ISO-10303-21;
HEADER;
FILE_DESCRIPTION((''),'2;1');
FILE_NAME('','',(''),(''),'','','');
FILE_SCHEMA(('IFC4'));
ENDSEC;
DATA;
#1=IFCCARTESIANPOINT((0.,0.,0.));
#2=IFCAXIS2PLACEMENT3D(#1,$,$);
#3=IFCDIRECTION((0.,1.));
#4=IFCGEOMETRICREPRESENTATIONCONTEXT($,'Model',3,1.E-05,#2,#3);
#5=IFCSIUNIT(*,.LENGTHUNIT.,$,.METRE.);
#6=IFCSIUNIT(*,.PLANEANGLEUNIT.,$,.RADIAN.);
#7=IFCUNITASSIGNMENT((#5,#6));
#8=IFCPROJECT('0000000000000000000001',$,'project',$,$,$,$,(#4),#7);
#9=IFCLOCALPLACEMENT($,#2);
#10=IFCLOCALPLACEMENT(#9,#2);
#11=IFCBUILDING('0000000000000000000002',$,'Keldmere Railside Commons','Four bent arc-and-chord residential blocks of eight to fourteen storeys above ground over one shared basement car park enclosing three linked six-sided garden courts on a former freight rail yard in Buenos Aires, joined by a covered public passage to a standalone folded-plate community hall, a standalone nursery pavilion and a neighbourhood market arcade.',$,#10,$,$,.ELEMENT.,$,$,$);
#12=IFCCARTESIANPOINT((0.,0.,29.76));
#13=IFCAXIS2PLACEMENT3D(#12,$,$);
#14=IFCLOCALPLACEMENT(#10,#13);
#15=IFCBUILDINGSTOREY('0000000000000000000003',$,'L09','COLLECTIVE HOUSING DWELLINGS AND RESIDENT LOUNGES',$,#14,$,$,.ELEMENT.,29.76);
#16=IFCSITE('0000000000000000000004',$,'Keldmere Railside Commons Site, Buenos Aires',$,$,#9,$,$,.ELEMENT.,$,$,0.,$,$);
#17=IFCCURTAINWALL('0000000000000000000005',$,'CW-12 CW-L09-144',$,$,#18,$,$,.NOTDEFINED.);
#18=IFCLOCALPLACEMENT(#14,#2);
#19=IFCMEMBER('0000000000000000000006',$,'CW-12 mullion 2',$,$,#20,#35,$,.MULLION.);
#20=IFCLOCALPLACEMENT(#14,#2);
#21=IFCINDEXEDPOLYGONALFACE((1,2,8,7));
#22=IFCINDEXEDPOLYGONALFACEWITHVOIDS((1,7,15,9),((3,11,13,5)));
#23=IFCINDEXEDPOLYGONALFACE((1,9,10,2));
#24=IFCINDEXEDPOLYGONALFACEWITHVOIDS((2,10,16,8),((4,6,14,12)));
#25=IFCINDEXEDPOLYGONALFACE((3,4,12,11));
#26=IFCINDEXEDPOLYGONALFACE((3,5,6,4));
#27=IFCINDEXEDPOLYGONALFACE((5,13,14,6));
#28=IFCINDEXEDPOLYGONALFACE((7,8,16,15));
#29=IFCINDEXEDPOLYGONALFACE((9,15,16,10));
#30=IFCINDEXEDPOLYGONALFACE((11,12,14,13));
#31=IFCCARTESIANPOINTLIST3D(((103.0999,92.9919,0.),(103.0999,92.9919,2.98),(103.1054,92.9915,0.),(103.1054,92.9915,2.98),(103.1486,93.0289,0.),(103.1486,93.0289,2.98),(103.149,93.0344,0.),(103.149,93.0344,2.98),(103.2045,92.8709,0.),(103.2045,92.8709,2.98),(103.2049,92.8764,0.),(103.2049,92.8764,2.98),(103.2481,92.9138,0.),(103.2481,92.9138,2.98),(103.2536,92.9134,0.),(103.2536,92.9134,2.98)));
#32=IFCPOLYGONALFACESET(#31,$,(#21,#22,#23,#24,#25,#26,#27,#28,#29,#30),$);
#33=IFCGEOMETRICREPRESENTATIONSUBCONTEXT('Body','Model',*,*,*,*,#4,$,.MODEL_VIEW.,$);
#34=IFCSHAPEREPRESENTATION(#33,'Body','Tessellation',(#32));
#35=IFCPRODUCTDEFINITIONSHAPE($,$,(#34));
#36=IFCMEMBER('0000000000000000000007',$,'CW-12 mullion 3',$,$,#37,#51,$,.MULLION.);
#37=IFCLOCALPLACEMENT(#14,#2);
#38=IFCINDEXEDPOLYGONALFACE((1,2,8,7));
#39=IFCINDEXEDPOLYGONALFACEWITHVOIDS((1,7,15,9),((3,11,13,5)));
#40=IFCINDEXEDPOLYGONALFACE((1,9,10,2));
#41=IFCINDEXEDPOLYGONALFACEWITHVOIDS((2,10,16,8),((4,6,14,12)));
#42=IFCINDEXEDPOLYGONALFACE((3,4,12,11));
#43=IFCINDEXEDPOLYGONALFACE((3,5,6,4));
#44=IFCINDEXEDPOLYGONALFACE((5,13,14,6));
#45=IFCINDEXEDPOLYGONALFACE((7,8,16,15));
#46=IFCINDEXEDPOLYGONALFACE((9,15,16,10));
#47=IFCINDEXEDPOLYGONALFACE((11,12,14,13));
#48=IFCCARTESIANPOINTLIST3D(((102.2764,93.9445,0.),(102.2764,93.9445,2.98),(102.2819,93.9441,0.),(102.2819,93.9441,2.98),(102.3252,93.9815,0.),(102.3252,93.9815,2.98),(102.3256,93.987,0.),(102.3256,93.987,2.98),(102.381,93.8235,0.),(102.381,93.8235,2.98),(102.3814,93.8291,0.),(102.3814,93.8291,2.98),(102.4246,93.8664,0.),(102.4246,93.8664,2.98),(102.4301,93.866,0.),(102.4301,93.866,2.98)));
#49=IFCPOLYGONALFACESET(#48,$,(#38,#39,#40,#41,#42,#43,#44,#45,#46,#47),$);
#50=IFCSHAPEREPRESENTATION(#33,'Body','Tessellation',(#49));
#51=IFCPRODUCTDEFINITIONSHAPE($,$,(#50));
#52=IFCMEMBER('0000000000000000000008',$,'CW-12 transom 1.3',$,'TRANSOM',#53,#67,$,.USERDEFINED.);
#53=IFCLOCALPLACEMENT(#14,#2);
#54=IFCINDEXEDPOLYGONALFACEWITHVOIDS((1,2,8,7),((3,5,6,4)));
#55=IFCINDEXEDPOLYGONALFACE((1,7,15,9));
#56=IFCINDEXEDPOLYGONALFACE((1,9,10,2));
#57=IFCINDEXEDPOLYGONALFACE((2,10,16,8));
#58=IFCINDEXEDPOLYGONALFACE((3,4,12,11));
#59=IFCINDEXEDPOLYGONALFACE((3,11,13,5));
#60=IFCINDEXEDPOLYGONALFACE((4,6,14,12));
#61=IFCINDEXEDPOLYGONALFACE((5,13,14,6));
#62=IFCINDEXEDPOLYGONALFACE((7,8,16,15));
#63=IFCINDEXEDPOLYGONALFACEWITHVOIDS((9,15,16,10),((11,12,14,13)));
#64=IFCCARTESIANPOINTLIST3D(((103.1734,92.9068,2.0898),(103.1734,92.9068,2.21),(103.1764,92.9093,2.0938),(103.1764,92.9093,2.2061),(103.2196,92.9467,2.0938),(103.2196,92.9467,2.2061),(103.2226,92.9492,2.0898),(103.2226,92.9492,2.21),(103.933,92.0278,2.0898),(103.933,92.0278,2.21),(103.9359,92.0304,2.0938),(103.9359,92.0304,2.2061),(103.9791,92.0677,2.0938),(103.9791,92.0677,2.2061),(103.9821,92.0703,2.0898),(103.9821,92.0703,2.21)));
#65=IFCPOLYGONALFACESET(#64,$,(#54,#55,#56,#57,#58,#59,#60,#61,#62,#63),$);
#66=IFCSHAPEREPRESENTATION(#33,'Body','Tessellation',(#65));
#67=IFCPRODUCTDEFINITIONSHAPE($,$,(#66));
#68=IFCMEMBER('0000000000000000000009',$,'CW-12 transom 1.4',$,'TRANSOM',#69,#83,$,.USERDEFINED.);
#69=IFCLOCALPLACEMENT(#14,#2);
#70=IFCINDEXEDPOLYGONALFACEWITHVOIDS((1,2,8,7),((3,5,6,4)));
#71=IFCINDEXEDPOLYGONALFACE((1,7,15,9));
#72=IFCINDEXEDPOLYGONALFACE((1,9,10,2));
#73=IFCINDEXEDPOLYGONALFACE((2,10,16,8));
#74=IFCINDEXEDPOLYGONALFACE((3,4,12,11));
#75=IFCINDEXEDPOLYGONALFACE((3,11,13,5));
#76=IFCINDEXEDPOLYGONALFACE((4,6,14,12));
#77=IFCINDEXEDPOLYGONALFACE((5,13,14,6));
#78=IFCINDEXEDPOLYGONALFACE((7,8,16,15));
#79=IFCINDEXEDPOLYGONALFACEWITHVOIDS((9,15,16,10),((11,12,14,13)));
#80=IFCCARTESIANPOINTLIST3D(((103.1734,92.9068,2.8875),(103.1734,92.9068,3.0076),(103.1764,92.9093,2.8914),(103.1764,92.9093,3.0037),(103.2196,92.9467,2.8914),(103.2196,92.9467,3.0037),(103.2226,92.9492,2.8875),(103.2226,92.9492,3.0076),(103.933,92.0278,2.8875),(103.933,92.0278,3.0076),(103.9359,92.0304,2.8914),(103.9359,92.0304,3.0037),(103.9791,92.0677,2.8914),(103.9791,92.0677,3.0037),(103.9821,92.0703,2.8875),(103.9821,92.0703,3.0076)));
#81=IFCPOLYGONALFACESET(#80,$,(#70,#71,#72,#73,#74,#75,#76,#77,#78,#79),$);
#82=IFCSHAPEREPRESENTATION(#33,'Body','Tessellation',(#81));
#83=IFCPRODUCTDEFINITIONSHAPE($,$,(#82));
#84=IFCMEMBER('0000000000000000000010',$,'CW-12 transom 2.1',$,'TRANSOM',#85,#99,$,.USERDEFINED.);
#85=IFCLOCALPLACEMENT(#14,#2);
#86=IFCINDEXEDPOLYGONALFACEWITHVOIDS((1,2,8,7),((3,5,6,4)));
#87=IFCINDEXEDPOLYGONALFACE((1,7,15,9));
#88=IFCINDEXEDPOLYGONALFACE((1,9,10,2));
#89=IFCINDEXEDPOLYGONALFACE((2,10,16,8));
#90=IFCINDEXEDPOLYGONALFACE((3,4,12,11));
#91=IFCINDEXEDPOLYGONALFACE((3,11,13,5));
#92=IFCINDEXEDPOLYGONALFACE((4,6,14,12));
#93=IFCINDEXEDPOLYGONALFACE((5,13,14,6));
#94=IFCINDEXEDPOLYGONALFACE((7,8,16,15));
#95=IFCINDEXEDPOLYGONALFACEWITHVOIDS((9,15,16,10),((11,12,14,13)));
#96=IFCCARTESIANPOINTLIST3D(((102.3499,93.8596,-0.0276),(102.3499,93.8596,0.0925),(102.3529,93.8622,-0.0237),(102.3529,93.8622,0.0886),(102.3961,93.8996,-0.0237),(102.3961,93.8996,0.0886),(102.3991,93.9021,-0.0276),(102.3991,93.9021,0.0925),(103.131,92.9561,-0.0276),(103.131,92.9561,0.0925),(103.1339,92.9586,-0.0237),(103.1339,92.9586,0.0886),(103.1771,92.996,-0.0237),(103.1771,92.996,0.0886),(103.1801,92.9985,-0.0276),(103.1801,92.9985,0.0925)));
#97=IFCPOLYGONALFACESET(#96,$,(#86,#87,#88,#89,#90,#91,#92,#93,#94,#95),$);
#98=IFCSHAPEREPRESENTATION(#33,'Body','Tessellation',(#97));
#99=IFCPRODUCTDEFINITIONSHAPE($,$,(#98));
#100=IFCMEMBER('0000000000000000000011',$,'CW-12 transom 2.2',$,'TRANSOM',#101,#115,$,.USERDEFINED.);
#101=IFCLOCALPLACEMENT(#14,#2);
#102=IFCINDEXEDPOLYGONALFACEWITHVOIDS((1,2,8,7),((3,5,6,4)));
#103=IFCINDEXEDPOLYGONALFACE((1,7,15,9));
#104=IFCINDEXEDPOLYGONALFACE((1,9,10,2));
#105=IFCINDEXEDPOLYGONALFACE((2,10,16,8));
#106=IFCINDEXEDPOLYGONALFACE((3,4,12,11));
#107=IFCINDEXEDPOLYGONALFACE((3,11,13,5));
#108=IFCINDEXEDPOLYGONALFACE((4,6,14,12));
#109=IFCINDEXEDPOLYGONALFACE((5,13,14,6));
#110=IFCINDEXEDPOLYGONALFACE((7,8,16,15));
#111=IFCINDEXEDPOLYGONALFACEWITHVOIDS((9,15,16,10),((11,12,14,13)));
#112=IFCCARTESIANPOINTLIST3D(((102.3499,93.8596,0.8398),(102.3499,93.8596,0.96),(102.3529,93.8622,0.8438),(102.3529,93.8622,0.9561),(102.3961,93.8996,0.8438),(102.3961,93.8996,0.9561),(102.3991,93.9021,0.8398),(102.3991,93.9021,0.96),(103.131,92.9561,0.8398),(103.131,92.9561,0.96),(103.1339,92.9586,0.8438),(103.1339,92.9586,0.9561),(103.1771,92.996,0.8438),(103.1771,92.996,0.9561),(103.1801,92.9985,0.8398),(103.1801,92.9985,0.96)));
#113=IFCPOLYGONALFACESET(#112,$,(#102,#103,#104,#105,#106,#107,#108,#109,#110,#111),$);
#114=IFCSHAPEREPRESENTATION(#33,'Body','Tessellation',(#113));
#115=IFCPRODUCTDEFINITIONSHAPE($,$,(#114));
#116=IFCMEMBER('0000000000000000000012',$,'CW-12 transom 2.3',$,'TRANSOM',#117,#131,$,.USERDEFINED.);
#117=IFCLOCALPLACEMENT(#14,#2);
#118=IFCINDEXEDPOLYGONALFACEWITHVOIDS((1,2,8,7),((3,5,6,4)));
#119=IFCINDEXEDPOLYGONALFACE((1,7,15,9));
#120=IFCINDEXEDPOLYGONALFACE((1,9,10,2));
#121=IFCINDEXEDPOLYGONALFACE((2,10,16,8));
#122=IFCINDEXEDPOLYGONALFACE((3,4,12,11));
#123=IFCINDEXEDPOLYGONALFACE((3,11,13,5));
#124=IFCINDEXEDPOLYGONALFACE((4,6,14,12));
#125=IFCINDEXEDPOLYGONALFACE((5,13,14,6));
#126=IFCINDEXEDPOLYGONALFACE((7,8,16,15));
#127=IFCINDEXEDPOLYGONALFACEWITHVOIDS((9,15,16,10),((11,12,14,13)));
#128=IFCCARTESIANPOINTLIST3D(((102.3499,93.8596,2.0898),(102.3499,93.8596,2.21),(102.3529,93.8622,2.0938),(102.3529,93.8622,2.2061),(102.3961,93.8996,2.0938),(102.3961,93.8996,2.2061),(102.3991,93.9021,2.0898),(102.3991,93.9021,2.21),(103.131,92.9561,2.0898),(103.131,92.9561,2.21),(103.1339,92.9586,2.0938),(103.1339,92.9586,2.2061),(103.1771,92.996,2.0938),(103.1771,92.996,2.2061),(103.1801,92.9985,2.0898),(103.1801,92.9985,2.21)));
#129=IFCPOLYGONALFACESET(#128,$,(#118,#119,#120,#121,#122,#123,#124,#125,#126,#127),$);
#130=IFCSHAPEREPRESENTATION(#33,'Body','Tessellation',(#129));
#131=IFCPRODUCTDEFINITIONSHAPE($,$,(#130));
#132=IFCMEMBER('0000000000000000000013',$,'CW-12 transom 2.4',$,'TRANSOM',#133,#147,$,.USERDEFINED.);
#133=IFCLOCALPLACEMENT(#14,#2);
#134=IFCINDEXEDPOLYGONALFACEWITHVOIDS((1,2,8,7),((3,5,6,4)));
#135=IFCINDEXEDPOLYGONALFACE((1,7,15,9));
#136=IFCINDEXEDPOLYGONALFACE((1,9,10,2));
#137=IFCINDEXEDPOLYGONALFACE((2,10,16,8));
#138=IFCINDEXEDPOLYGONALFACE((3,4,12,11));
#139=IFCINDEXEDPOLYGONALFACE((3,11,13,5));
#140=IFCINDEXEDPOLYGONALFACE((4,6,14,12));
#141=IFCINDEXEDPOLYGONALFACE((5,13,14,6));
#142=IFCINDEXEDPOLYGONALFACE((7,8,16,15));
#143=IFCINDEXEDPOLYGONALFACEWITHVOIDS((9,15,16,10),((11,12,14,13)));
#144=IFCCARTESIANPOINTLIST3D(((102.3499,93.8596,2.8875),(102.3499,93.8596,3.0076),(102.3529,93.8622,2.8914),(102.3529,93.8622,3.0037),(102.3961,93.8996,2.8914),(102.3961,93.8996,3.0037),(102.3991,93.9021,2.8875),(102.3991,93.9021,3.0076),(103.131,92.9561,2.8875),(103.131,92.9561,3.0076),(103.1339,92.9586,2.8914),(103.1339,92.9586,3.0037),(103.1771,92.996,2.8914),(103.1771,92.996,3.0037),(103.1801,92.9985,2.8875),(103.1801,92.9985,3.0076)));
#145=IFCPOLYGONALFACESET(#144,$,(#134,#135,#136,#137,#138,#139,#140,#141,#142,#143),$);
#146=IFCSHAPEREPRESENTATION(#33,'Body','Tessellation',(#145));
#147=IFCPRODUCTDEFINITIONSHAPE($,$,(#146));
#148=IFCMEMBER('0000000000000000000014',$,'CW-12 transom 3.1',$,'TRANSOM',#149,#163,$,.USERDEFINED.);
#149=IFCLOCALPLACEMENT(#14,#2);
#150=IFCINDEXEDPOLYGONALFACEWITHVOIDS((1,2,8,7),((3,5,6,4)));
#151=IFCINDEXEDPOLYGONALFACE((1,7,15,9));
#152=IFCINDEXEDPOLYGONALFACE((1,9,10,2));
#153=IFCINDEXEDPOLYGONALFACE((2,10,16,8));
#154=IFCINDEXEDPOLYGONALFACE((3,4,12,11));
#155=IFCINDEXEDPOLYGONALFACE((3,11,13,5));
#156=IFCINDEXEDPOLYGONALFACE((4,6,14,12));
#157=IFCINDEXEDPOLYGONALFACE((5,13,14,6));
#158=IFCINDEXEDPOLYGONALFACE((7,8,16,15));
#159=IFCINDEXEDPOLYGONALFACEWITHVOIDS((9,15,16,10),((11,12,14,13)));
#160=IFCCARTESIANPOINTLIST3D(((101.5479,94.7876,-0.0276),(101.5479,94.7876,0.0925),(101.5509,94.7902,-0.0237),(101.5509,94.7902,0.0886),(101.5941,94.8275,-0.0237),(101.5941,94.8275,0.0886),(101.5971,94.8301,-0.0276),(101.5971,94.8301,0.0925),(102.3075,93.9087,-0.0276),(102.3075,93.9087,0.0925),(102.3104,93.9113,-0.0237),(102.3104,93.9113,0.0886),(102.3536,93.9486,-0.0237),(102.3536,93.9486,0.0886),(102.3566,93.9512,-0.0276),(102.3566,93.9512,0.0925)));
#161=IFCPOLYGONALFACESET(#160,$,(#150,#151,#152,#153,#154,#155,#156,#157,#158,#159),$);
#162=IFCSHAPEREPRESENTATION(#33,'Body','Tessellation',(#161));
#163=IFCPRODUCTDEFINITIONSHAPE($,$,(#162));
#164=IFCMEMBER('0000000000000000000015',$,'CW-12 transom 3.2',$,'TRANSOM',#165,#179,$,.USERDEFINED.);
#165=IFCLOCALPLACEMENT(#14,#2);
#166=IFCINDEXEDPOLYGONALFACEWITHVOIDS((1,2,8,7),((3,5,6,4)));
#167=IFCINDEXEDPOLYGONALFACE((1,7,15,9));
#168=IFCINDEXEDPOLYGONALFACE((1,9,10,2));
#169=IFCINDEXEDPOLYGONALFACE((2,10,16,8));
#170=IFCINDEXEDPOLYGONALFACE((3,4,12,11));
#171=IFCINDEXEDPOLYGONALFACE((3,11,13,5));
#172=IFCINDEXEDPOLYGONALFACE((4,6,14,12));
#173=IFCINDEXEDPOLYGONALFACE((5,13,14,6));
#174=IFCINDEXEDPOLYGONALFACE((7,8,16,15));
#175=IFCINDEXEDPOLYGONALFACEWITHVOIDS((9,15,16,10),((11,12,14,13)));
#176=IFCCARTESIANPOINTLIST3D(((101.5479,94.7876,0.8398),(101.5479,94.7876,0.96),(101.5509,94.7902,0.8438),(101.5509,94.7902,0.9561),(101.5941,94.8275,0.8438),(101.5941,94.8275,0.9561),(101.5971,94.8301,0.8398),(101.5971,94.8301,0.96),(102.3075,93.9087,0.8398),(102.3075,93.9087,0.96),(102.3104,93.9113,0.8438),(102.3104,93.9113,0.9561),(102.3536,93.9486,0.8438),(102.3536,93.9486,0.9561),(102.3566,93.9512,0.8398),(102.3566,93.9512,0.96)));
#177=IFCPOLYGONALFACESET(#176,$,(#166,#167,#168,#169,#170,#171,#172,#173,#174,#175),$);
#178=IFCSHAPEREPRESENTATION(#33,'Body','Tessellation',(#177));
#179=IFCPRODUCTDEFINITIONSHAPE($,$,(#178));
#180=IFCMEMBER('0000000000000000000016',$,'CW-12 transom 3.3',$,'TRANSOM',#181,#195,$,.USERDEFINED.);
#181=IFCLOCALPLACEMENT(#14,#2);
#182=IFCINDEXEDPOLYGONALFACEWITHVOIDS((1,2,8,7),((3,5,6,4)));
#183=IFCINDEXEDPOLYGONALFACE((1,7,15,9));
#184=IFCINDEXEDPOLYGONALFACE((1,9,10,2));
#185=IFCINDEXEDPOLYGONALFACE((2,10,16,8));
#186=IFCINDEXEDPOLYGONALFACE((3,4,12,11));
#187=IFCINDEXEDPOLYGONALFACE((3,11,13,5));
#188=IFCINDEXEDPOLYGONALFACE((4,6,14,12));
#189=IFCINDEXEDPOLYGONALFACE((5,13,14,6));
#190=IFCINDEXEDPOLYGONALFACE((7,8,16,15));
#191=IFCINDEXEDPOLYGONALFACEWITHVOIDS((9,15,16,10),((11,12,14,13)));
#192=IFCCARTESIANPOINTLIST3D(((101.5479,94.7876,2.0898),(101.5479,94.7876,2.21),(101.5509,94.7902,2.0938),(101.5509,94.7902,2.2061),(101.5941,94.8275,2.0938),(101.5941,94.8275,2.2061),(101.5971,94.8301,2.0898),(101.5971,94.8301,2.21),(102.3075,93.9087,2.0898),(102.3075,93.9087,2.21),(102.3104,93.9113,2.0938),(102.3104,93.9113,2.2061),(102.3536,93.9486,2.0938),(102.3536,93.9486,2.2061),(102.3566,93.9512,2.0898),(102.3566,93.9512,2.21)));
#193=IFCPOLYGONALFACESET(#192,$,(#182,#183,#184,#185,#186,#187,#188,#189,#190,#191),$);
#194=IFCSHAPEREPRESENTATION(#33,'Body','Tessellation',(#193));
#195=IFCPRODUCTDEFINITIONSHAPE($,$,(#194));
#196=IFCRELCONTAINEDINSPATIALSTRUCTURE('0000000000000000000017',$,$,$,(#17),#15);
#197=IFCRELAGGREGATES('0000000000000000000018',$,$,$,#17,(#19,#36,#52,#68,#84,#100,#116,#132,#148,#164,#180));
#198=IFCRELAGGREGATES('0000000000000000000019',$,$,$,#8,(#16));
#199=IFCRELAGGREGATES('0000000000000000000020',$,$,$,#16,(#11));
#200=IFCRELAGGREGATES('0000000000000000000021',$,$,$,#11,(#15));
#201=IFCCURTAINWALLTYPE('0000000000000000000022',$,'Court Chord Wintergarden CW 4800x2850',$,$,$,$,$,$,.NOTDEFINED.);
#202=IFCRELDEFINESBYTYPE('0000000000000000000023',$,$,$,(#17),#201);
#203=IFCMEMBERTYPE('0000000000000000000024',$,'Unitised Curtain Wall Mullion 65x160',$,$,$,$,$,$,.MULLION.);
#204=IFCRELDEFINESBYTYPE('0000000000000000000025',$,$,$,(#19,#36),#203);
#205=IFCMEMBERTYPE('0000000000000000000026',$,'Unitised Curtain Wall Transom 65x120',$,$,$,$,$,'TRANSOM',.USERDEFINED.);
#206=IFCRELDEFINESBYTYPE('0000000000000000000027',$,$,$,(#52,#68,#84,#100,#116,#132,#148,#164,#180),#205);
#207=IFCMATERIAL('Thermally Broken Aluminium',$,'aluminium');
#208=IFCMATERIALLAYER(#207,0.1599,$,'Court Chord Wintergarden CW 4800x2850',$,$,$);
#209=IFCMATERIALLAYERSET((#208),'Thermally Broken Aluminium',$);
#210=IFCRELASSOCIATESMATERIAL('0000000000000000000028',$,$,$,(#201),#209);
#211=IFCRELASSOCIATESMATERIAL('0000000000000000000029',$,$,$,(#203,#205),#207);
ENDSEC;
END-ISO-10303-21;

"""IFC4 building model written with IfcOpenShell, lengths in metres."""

from ifc_helpers import new_model, si_unit, direction, frame, origin, origin_2d, place, context, subcontext, project, spatial, hollow_rectangle, extrude, material, layer, layer_set, material_profile, profile_set, type_object, element, aggregate, save


model = new_model("IFC4")

# Units and contexts
model_context = context("Model", 3, precision=1e-05, world=origin(), true_north=direction((0.0, 1.0)))
body_context = subcontext(model_context, "Body", "Model", "MODEL_VIEW")
ifc_project = project(units=[si_unit("LENGTHUNIT", "METRE"), si_unit("PLANEANGLEUNIT", "RADIAN")], contexts=[model_context])

# Site, building, storey
site_placement = place(None, origin())
site = spatial("IfcSite", under=ifc_project, at=site_placement, Name="Keldmere Railside Commons Site, Buenos Aires", CompositionType="ELEMENT", RefElevation=0.0)
building_placement = place(site_placement, origin())
building = spatial("IfcBuilding", under=site, at=building_placement, Name="Keldmere Railside Commons", Description="Four bent arc-and-chord residential blocks of eight to fourteen storeys above ground over one shared basement car park enclosing three linked six-sided garden courts on a former freight rail yard in Buenos Aires, joined by a covered public passage to a standalone folded-plate community hall, a standalone nursery pavilion and a neighbourhood market arcade.", CompositionType="ELEMENT")
storey_placement = place(building_placement, frame((0.0, 0.0, 29.76)))
storey = spatial("IfcBuildingStorey", under=building, at=storey_placement, Name="L09", Description="COLLECTIVE HOUSING DWELLINGS AND RESIDENT LOUNGES", CompositionType="ELEMENT", Elevation=29.76)

# Curtain wall, members
ifc_material_1 = material(Name="Thermally Broken Aluminium", Category="aluminium")
ifc_layer_1 = layer(ifc_material_1, 0.1599, Name="Court Chord Wintergarden CW 4800x2850")
ifc_layer_set_1 = layer_set([ifc_layer_1], Name="Thermally Broken Aluminium")
curtain_wall_type = type_object("IfcCurtainWallType", Name="Court Chord Wintergarden CW 4800x2850", PredefinedType="NOTDEFINED", material=ifc_layer_set_1)
curtain_wall_placement = place(storey_placement, origin())
curtain_wall = element("IfcCurtainWall", 1, at=curtain_wall_placement, inside=storey, type_object=curtain_wall_type, Name="CW-12 CW-L09-144", PredefinedType="NOTDEFINED")
ifc_material_profile_1 = material_profile(ifc_material_1, hollow_rectangle(XDim=0.0649, YDim=0.1599, WallThickness=0.0039, at=origin_2d()), Name="ALU-MULL-65x160")
ifc_profile_set_1 = profile_set([ifc_material_profile_1], Name="Thermally Broken Aluminium")
member_type_1 = type_object("IfcMemberType", Name="Unitised Curtain Wall Mullion 65x160", PredefinedType="MULLION", material=ifc_profile_set_1)
member_1_placement = place(storey_placement, frame((103.1768, 92.9526, 0.0), z_axis=(0.0, 0.0, 1.0), x_axis=(-0.756597, -0.653882, 0.0)))
member_1 = element("IfcMember", 2, at=member_1_placement, type_object=member_type_1, Name="CW-12 mullion 2", PredefinedType="MULLION", context=body_context, shape_type="SweptSolid", body=[
    extrude(hollow_rectangle(XDim=0.0649, YDim=0.1599, WallThickness=0.0039, at=origin_2d()), origin(), (0.0, 0.0, 1.0), 2.98),
])
member_2_placement = place(storey_placement, frame((102.3533, 93.9053, 0.0), z_axis=(0.0, 0.0, 1.0), x_axis=(-0.756597, -0.653882, 0.0)))
member_2 = element("IfcMember", 3, at=member_2_placement, type_object=member_type_1, Name="CW-12 mullion 3", PredefinedType="MULLION", context=body_context, shape_type="SweptSolid", body=[
    extrude(hollow_rectangle(XDim=0.0649, YDim=0.1599, WallThickness=0.0039, at=origin_2d()), origin(), (0.0, 0.0, 1.0), 2.98),
])
ifc_material_profile_2 = material_profile(ifc_material_1, hollow_rectangle(XDim=0.0649, YDim=0.1201, WallThickness=0.0039, at=origin_2d()), Name="ALU-TRAN-65x120")
ifc_profile_set_2 = profile_set([ifc_material_profile_2], Name="Thermally Broken Aluminium")
member_type_2 = type_object("IfcMemberType", Name="Unitised Curtain Wall Transom 65x120", ElementType="TRANSOM", PredefinedType="USERDEFINED", material=ifc_profile_set_2)
member_3_placement = place(storey_placement, frame((103.9575, 92.0491, 2.1499), z_axis=(-0.65385, 0.756624, 0.0), x_axis=(-0.756624, -0.65385, 0.0)))
member_3 = element("IfcMember", 4, at=member_3_placement, type_object=member_type_2, Name="CW-12 transom 1.3", ObjectType="TRANSOM", PredefinedType="USERDEFINED", context=body_context, shape_type="SweptSolid", body=[
    extrude(hollow_rectangle(XDim=0.0649, YDim=0.1201, WallThickness=0.0039, at=origin_2d()), origin(), (0.0, 0.0, 1.0), 1.1616),
])
member_4_placement = place(storey_placement, frame((103.9575, 92.0491, 2.9475), z_axis=(-0.65385, 0.756624, 0.0), x_axis=(-0.756624, -0.65385, 0.0)))
member_4 = element("IfcMember", 5, at=member_4_placement, type_object=member_type_2, Name="CW-12 transom 1.4", ObjectType="TRANSOM", PredefinedType="USERDEFINED", context=body_context, shape_type="SweptSolid", body=[
    extrude(hollow_rectangle(XDim=0.0649, YDim=0.1201, WallThickness=0.0039, at=origin_2d()), origin(), (0.0, 0.0, 1.0), 1.1616),
])
member_5_placement = place(storey_placement, frame((103.1555, 92.9773, 0.0325), z_axis=(-0.653934, 0.756552, 0.0), x_axis=(-0.756552, -0.653934, 0.0)))
member_5 = element("IfcMember", 6, at=member_5_placement, type_object=member_type_2, Name="CW-12 transom 2.1", ObjectType="TRANSOM", PredefinedType="USERDEFINED", context=body_context, shape_type="SweptSolid", body=[
    extrude(hollow_rectangle(XDim=0.0649, YDim=0.1201, WallThickness=0.0039, at=origin_2d()), origin(), (0.0, 0.0, 1.0), 1.1943),
])
member_6_placement = place(storey_placement, frame((103.1555, 92.9773, 0.8999), z_axis=(-0.653934, 0.756552, 0.0), x_axis=(-0.756552, -0.653934, 0.0)))
member_6 = element("IfcMember", 7, at=member_6_placement, type_object=member_type_2, Name="CW-12 transom 2.2", ObjectType="TRANSOM", PredefinedType="USERDEFINED", context=body_context, shape_type="SweptSolid", body=[
    extrude(hollow_rectangle(XDim=0.0649, YDim=0.1201, WallThickness=0.0039, at=origin_2d()), origin(), (0.0, 0.0, 1.0), 1.1943),
])
member_7_placement = place(storey_placement, frame((103.1555, 92.9773, 2.1499), z_axis=(-0.653934, 0.756552, 0.0), x_axis=(-0.756552, -0.653934, 0.0)))
member_7 = element("IfcMember", 8, at=member_7_placement, type_object=member_type_2, Name="CW-12 transom 2.3", ObjectType="TRANSOM", PredefinedType="USERDEFINED", context=body_context, shape_type="SweptSolid", body=[
    extrude(hollow_rectangle(XDim=0.0649, YDim=0.1201, WallThickness=0.0039, at=origin_2d()), origin(), (0.0, 0.0, 1.0), 1.1943),
])
member_8_placement = place(storey_placement, frame((103.1555, 92.9773, 2.9475), z_axis=(-0.653934, 0.756552, 0.0), x_axis=(-0.756552, -0.653934, 0.0)))
member_8 = element("IfcMember", 9, at=member_8_placement, type_object=member_type_2, Name="CW-12 transom 2.4", ObjectType="TRANSOM", PredefinedType="USERDEFINED", context=body_context, shape_type="SweptSolid", body=[
    extrude(hollow_rectangle(XDim=0.0649, YDim=0.1201, WallThickness=0.0039, at=origin_2d()), origin(), (0.0, 0.0, 1.0), 1.1943),
])
member_9_placement = place(storey_placement, frame((102.332, 93.9299, 0.0325), z_axis=(-0.65385, 0.756624, 0.0), x_axis=(-0.756624, -0.65385, 0.0)))
member_9 = element("IfcMember", 10, at=member_9_placement, type_object=member_type_2, Name="CW-12 transom 3.1", ObjectType="TRANSOM", PredefinedType="USERDEFINED", context=body_context, shape_type="SweptSolid", body=[
    extrude(hollow_rectangle(XDim=0.0649, YDim=0.1201, WallThickness=0.0039, at=origin_2d()), origin(), (0.0, 0.0, 1.0), 1.1616),
])
member_10_placement = place(storey_placement, frame((102.332, 93.9299, 0.8999), z_axis=(-0.65385, 0.756624, 0.0), x_axis=(-0.756624, -0.65385, 0.0)))
member_10 = element("IfcMember", 11, at=member_10_placement, type_object=member_type_2, Name="CW-12 transom 3.2", ObjectType="TRANSOM", PredefinedType="USERDEFINED", context=body_context, shape_type="SweptSolid", body=[
    extrude(hollow_rectangle(XDim=0.0649, YDim=0.1201, WallThickness=0.0039, at=origin_2d()), origin(), (0.0, 0.0, 1.0), 1.1616),
])
member_11_placement = place(storey_placement, frame((102.332, 93.9299, 2.1499), z_axis=(-0.65385, 0.756624, 0.0), x_axis=(-0.756624, -0.65385, 0.0)))
member_11 = element("IfcMember", 12, at=member_11_placement, type_object=member_type_2, Name="CW-12 transom 3.3", ObjectType="TRANSOM", PredefinedType="USERDEFINED", context=body_context, shape_type="SweptSolid", body=[
    extrude(hollow_rectangle(XDim=0.0649, YDim=0.1201, WallThickness=0.0039, at=origin_2d()), origin(), (0.0, 0.0, 1.0), 1.1616),
])
aggregate(curtain_wall, [member_1, member_2, member_3, member_4, member_5, member_6, member_7, member_8, member_9, member_10, member_11])

save(model, "model.ifc")
